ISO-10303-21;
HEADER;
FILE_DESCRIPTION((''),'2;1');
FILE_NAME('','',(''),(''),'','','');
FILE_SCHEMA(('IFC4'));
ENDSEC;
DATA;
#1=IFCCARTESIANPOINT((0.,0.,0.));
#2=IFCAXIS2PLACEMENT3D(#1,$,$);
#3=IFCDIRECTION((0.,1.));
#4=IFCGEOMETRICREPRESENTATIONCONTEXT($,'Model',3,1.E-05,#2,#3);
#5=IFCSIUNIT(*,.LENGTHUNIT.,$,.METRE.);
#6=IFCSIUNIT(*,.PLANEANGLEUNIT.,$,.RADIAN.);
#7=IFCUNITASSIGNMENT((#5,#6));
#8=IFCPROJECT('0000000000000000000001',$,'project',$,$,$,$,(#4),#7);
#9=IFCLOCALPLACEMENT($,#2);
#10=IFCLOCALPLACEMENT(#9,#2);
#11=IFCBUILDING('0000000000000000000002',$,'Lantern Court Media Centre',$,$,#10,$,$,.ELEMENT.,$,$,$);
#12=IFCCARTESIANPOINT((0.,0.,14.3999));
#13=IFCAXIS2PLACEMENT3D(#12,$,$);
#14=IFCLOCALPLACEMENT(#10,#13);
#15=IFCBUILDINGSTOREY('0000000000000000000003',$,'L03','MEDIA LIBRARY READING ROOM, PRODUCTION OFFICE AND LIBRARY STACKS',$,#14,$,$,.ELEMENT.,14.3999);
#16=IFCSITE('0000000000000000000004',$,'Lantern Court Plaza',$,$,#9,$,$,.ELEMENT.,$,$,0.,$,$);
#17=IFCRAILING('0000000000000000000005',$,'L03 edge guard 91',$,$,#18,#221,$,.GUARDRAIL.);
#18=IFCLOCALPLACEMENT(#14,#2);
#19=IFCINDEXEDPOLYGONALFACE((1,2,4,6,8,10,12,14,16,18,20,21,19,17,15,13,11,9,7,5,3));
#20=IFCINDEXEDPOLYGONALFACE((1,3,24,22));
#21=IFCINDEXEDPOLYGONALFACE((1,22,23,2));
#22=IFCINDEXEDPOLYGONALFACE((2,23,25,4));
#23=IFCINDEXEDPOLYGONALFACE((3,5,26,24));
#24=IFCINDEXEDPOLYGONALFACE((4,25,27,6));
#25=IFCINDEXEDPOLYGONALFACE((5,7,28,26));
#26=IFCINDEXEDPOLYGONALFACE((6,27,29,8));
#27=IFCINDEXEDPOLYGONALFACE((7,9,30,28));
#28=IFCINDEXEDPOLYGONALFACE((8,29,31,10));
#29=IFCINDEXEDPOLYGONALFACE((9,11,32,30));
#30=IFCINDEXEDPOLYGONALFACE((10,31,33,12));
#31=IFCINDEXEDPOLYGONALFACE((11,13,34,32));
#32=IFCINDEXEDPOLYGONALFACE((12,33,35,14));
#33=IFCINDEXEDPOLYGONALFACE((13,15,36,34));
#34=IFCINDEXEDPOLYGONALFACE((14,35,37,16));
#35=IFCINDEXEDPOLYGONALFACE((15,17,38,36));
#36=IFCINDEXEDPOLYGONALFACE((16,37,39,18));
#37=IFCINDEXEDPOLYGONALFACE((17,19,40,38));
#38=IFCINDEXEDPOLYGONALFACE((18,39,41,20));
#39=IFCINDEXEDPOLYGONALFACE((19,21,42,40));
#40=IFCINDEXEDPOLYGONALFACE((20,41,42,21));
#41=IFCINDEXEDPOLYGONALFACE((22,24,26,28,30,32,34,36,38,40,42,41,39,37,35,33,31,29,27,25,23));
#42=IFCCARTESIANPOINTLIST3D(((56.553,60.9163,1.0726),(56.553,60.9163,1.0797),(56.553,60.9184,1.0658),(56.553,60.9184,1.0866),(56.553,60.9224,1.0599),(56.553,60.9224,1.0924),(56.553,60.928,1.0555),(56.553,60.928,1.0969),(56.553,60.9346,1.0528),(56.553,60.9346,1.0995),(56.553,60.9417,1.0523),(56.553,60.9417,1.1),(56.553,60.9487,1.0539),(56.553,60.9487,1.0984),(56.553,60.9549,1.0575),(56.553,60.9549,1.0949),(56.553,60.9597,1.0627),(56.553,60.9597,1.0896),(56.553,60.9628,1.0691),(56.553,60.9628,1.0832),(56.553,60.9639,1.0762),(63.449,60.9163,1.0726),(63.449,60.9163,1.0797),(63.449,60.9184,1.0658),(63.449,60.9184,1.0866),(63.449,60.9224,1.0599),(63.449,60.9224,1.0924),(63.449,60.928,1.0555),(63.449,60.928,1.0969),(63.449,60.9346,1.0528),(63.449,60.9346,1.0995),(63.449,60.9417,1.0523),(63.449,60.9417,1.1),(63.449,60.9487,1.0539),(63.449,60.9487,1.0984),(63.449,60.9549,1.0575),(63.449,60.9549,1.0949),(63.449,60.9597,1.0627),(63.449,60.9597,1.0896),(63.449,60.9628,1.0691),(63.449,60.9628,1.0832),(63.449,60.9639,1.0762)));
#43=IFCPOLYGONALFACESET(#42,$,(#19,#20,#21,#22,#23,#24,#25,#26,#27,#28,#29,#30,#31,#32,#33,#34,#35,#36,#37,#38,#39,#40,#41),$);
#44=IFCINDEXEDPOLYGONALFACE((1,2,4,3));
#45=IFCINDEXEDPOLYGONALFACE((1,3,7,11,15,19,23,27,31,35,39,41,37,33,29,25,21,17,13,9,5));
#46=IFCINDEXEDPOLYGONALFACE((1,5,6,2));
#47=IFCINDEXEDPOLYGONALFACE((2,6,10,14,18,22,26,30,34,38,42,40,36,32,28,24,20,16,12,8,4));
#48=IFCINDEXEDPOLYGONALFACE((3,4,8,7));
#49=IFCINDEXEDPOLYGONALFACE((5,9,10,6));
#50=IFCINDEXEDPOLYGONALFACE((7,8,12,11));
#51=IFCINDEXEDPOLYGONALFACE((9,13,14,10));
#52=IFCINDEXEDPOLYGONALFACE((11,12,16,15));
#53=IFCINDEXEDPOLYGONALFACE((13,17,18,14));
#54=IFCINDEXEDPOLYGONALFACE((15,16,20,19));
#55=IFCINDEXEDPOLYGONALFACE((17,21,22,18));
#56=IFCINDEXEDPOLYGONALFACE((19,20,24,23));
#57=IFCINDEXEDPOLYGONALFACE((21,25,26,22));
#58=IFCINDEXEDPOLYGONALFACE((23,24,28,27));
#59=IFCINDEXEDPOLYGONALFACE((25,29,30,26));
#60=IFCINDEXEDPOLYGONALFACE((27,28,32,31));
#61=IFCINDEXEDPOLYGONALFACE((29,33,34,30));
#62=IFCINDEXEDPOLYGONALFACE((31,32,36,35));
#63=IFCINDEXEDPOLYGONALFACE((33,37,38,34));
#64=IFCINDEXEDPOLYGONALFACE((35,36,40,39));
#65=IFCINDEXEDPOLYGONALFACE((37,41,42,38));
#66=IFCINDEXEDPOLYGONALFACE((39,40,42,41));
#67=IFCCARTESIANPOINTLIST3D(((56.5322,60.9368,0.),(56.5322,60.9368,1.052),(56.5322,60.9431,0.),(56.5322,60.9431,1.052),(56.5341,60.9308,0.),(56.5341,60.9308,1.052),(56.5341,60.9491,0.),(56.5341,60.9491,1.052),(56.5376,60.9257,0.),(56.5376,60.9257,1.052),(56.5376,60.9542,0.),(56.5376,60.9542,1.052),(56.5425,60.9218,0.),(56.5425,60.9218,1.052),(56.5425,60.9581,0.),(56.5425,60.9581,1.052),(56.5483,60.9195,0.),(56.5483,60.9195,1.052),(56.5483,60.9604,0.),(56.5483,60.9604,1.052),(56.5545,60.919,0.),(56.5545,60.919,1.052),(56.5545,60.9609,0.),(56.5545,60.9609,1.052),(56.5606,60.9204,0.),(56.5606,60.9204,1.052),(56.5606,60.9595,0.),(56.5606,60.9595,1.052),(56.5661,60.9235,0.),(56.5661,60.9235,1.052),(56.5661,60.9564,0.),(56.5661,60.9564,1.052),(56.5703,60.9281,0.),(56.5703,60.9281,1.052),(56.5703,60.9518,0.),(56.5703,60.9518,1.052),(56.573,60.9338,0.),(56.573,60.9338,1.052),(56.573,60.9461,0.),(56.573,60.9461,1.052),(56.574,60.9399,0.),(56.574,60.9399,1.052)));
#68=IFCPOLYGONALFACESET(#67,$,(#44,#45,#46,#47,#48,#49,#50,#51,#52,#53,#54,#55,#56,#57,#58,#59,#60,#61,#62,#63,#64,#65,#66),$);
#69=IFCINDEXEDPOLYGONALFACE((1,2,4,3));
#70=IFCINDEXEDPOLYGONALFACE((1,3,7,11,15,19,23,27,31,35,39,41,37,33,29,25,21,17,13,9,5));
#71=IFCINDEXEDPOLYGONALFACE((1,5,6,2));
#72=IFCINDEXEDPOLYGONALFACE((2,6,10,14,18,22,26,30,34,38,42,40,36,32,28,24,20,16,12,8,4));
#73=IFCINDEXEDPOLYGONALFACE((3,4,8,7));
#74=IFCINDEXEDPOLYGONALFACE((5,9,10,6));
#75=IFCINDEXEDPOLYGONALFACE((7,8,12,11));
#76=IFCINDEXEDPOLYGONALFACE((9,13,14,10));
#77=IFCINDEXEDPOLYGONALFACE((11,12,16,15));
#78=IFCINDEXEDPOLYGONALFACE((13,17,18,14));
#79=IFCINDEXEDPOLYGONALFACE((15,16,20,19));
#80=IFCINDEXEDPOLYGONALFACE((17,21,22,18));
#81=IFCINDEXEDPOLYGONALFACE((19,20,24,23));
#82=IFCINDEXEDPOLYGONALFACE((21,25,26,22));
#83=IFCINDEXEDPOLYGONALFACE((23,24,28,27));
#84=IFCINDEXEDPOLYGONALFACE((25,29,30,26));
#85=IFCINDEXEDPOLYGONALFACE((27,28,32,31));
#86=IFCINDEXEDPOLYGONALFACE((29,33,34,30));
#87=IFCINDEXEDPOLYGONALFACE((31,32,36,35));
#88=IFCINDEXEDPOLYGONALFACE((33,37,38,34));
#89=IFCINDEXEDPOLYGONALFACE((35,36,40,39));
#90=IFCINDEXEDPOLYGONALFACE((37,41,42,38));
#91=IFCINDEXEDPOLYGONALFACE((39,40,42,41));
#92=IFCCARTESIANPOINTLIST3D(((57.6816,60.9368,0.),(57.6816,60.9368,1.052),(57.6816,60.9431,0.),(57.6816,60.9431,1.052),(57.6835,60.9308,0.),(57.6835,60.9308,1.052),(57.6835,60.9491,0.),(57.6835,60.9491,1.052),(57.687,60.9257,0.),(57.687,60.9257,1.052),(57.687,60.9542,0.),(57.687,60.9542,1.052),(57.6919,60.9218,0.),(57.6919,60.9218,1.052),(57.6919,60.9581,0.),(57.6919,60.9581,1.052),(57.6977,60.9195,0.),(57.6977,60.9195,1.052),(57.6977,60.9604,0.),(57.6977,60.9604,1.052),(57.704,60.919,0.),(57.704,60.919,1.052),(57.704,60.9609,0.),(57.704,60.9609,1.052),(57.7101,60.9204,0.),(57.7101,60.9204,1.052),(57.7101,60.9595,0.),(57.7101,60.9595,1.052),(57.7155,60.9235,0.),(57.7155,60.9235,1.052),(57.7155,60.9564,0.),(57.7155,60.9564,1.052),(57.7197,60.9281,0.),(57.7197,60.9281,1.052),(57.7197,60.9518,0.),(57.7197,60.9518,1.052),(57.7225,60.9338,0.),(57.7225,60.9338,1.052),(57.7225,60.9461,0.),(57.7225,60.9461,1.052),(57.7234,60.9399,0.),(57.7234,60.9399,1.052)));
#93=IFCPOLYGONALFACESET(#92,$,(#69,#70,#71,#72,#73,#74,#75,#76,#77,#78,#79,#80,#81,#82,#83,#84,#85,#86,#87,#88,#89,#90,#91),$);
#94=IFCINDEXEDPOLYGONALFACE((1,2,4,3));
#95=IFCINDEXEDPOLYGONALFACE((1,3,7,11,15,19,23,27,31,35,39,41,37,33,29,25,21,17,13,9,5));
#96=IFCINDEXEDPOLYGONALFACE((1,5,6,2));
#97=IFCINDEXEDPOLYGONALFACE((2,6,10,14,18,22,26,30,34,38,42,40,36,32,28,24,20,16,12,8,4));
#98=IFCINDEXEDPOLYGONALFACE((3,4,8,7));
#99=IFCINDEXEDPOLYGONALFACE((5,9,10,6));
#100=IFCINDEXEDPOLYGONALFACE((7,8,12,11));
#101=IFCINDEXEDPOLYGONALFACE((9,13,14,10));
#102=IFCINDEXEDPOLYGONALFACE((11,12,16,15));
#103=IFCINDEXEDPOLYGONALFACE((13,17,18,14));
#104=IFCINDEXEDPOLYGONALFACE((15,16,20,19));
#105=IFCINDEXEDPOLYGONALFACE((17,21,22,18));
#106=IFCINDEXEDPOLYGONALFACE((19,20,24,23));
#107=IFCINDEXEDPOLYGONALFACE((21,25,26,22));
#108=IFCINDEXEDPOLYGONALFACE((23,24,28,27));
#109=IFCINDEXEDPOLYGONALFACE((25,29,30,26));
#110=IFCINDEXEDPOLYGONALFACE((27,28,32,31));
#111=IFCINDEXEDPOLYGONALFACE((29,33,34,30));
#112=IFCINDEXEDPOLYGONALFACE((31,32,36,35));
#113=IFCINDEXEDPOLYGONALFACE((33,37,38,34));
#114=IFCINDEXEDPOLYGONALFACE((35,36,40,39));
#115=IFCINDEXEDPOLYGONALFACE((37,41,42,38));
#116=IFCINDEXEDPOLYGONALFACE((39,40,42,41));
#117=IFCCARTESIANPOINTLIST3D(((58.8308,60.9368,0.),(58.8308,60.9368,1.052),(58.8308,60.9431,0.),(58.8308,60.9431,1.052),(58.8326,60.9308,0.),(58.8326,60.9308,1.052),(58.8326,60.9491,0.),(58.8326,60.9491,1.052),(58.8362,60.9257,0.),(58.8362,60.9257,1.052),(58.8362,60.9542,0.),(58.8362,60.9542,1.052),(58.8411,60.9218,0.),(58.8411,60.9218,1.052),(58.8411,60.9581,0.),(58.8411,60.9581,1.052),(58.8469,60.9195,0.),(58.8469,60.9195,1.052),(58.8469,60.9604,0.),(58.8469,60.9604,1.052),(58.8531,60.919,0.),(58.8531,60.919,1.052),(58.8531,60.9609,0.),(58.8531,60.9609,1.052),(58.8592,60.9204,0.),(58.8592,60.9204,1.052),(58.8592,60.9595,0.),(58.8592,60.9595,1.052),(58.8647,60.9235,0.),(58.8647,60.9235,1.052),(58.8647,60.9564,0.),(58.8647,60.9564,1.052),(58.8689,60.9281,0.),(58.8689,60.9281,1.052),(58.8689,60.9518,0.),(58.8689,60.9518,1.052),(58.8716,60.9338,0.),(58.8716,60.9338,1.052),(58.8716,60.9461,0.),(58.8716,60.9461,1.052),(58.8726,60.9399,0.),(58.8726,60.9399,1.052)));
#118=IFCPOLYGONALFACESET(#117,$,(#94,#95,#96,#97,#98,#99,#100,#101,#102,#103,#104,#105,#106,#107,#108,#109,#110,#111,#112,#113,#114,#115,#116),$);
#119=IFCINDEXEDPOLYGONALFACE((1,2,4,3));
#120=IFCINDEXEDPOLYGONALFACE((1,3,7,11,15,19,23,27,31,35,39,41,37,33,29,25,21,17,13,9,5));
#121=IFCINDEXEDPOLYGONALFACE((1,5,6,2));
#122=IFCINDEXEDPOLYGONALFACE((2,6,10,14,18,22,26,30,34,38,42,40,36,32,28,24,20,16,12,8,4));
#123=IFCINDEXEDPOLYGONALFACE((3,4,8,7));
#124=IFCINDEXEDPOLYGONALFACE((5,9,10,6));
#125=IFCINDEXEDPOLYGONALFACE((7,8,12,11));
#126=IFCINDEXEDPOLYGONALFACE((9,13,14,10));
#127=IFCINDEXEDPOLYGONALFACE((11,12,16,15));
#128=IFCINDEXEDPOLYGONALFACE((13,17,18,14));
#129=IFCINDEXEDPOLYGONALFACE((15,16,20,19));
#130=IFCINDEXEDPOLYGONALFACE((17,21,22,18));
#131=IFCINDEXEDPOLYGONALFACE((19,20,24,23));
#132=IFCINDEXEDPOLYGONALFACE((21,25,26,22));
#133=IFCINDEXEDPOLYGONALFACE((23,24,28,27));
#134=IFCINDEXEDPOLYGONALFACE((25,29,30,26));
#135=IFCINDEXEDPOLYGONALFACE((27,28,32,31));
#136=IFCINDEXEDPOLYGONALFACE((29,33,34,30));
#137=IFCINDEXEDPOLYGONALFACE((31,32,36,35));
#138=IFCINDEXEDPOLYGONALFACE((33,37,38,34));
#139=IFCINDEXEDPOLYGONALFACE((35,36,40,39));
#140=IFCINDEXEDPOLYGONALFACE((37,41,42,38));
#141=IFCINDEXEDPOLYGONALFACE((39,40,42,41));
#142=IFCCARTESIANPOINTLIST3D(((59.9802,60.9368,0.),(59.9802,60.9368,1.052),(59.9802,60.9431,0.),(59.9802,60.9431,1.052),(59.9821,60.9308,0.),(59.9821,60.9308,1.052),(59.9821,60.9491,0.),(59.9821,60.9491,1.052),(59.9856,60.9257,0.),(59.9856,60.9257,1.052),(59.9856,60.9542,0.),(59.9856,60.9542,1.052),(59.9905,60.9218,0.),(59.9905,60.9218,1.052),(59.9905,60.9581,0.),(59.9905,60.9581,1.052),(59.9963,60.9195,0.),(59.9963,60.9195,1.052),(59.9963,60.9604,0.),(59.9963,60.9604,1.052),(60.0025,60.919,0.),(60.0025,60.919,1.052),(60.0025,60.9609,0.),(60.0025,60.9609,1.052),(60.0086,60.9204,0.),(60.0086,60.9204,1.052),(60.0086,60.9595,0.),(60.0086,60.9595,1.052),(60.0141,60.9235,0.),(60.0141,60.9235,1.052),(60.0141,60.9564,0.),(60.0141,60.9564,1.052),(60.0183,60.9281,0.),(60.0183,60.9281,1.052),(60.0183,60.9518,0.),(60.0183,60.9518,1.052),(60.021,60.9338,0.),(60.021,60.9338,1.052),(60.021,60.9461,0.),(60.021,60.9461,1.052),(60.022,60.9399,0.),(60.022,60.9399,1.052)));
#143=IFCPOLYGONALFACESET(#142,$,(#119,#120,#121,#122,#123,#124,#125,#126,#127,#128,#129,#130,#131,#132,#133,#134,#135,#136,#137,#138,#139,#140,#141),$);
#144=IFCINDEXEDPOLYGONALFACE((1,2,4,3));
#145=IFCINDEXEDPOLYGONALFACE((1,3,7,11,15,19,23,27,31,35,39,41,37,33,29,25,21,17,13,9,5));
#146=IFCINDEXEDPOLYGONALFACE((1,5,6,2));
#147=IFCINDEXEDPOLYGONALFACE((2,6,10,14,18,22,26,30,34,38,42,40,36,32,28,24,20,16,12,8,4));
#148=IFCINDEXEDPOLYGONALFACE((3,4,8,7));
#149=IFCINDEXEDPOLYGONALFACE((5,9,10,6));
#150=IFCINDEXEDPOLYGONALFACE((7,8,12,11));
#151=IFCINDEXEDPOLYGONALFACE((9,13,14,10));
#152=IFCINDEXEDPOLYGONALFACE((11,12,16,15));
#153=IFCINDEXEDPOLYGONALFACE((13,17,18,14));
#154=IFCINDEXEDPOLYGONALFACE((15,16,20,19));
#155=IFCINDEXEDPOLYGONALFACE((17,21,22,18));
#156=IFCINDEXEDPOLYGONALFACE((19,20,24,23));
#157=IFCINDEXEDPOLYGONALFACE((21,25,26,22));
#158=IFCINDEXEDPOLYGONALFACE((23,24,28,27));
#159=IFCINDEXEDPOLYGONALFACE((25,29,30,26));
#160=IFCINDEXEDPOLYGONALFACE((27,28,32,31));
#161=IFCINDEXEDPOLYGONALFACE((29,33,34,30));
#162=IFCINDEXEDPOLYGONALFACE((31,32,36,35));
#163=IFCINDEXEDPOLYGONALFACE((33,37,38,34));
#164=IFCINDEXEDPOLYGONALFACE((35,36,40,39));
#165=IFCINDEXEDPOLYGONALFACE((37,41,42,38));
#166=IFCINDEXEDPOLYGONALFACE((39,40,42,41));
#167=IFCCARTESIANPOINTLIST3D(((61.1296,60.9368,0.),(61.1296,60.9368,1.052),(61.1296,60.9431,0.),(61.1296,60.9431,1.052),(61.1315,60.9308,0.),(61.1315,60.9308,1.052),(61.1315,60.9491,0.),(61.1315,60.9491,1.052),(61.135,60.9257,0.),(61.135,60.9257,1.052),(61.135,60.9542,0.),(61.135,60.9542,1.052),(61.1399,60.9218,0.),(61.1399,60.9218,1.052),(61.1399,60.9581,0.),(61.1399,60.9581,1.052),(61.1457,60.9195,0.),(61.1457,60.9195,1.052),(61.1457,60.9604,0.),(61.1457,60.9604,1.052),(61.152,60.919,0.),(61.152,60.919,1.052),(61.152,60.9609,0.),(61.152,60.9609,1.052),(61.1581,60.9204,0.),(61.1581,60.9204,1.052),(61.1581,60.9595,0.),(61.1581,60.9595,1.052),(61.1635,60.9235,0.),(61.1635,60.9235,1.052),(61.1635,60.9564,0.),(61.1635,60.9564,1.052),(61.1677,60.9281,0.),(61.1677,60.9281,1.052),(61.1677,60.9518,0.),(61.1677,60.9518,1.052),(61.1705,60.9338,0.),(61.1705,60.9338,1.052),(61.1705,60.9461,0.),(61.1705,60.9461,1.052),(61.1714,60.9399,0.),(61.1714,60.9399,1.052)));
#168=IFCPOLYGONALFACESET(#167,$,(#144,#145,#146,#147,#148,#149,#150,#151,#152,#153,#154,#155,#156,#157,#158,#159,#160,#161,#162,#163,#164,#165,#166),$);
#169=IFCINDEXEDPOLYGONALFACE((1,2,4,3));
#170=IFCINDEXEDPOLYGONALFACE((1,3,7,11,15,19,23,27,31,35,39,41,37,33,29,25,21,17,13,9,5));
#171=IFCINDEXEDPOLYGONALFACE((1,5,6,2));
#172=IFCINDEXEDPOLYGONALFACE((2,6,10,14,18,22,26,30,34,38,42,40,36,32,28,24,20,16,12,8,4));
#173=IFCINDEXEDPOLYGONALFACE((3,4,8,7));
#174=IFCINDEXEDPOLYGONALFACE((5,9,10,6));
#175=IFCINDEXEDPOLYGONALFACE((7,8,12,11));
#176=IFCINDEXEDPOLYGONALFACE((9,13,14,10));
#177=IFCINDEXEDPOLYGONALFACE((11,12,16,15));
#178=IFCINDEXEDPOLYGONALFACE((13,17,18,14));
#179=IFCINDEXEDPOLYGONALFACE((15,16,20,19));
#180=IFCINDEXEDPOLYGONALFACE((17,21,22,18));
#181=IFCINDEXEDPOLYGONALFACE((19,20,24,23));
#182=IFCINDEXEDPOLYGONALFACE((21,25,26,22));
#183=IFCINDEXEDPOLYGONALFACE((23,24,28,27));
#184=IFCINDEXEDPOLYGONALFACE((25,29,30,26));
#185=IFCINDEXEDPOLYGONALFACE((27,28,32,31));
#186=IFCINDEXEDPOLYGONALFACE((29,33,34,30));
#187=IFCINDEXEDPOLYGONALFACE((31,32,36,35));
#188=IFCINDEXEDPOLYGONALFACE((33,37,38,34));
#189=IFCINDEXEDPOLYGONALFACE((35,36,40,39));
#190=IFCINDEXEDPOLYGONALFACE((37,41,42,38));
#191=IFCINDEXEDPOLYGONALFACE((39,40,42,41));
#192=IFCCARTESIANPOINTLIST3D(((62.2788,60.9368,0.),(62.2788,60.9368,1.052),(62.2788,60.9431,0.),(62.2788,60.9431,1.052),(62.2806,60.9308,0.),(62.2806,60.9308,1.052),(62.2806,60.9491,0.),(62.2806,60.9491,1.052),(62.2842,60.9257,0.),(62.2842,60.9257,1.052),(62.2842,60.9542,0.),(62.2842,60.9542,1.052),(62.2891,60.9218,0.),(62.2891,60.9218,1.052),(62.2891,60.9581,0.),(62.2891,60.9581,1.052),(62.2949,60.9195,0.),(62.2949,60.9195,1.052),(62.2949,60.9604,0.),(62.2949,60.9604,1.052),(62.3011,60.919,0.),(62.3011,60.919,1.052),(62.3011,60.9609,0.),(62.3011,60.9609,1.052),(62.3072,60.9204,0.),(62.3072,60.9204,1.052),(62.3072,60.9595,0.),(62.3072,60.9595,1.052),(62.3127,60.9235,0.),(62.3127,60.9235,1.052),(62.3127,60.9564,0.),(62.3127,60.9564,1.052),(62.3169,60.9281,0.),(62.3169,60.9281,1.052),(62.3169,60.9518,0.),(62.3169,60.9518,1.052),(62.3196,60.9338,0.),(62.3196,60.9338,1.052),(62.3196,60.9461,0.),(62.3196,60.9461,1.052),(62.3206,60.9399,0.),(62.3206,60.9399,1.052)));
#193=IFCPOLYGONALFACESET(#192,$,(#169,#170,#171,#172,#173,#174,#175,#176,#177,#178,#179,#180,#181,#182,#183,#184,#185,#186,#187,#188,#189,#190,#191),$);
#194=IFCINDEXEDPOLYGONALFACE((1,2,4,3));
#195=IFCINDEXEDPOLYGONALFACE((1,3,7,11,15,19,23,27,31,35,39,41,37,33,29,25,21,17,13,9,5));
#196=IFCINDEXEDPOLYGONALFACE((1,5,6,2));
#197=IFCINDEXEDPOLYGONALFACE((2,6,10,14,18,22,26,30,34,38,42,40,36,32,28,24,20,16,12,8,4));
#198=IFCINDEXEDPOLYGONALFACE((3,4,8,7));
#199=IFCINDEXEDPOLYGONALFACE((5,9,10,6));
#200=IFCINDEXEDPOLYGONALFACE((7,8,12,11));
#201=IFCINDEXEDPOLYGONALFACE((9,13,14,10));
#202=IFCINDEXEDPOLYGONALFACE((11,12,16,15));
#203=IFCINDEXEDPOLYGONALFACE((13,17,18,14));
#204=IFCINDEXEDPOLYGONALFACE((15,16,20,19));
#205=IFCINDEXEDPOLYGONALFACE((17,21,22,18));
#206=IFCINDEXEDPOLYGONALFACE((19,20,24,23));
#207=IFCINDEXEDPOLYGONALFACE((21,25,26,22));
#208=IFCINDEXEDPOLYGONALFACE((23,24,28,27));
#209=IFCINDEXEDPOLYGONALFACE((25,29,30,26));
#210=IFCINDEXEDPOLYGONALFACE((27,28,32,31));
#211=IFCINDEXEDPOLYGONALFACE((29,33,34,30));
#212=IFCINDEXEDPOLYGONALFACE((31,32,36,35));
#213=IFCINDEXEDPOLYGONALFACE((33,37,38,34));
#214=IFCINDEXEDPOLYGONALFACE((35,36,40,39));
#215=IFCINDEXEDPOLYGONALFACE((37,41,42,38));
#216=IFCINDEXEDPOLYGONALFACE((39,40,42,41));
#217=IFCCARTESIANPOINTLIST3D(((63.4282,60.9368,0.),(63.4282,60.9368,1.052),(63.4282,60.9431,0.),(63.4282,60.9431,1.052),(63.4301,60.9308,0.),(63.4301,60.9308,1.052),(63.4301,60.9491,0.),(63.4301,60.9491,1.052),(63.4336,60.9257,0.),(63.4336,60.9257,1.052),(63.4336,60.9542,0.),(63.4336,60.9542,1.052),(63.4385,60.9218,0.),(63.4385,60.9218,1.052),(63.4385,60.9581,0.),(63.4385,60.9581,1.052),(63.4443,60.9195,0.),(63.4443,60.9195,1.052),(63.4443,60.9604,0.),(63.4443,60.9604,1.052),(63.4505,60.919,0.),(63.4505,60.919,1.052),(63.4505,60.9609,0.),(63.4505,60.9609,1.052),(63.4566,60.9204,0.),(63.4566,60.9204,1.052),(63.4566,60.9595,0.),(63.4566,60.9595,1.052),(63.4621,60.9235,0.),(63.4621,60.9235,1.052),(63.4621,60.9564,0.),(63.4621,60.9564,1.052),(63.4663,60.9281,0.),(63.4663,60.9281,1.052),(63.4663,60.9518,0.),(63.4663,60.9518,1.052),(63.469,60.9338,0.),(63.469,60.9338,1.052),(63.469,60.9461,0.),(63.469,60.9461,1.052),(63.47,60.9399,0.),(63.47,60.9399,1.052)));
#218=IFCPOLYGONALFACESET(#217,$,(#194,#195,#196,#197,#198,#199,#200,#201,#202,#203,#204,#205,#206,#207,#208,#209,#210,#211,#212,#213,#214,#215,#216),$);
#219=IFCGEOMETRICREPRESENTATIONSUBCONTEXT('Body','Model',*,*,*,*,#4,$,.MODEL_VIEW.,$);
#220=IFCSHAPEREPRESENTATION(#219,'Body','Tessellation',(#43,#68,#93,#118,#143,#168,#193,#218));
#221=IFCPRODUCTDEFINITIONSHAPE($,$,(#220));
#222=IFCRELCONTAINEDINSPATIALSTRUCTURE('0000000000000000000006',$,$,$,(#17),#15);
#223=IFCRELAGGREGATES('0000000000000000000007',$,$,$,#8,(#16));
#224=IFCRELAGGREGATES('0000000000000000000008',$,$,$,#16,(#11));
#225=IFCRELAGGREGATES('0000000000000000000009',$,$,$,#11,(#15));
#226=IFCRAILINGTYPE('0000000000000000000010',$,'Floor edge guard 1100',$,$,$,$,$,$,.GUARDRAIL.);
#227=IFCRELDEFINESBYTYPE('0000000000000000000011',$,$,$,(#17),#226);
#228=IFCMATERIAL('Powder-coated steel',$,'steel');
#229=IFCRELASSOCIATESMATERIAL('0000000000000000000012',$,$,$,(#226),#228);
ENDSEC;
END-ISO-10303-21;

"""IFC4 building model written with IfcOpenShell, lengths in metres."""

from ifc_helpers import new_model, si_unit, direction, frame, origin, origin_2d, place, context, subcontext, project, spatial, circle, extrude, material, type_object, element, save


model = new_model("IFC4")

# Units and contexts
model_context = context("Model", 3, precision=1e-05, world=origin(), true_north=direction((0.0, 1.0)))
body_context = subcontext(model_context, "Body", "Model", "MODEL_VIEW")
ifc_project = project(units=[si_unit("LENGTHUNIT", "METRE"), si_unit("PLANEANGLEUNIT", "RADIAN")], contexts=[model_context])

# Site, building, storey
site_placement = place(None, origin())
site = spatial("IfcSite", under=ifc_project, at=site_placement, Name="Lantern Court Plaza", CompositionType="ELEMENT", RefElevation=0.0)
building_placement = place(site_placement, origin())
building = spatial("IfcBuilding", under=site, at=building_placement, Name="Lantern Court Media Centre", CompositionType="ELEMENT")
storey_placement = place(building_placement, frame((0.0, 0.0, 14.3999)))
storey = spatial("IfcBuildingStorey", under=building, at=storey_placement, Name="L03", Description="MEDIA LIBRARY READING ROOM, PRODUCTION OFFICE AND LIBRARY STACKS", CompositionType="ELEMENT", Elevation=14.3999)

# Railing
ifc_material_1 = material(Name="Powder-coated steel", Category="steel")
railing_type_1 = type_object("IfcRailingType", Name="Floor edge guard 1100", PredefinedType="GUARDRAIL", material=ifc_material_1)
railing_1_placement = place(storey_placement, frame((56.553, 60.9399, 0.0)))
element("IfcRailing", 1, at=railing_1_placement, inside=storey, type_object=railing_type_1, Name="L03 edge guard 91", PredefinedType="GUARDRAIL", context=body_context, shape_type="SweptSolid", body=[
    extrude(circle(Radius=0.0239, at=origin_2d()), frame((0.0, 0.0, 1.0762), z_axis=(1.0, 0.0, 0.0), x_axis=(0.0, 1.0, 0.0)), (0.0, 0.0, 1.0), 6.896),
    extrude(circle(Radius=0.021, at=origin_2d()), origin(), (0.0, 0.0, 1.0), 1.052),
    extrude(circle(Radius=0.021, at=origin_2d()), frame((1.1494, 0.0, 0.0)), (0.0, 0.0, 1.0), 1.052),
    extrude(circle(Radius=0.021, at=origin_2d()), frame((2.2986, 0.0, 0.0)), (0.0, 0.0, 1.0), 1.052),
    extrude(circle(Radius=0.021, at=origin_2d()), frame((3.448, 0.0, 0.0)), (0.0, 0.0, 1.0), 1.052),
    extrude(circle(Radius=0.021, at=origin_2d()), frame((4.5974, 0.0, 0.0)), (0.0, 0.0, 1.0), 1.052),
    extrude(circle(Radius=0.021, at=origin_2d()), frame((5.7466, 0.0, 0.0)), (0.0, 0.0, 1.0), 1.052),
    extrude(circle(Radius=0.021, at=origin_2d()), frame((6.896, 0.0, 0.0)), (0.0, 0.0, 1.0), 1.052),
])

save(model, "model.ifc")
